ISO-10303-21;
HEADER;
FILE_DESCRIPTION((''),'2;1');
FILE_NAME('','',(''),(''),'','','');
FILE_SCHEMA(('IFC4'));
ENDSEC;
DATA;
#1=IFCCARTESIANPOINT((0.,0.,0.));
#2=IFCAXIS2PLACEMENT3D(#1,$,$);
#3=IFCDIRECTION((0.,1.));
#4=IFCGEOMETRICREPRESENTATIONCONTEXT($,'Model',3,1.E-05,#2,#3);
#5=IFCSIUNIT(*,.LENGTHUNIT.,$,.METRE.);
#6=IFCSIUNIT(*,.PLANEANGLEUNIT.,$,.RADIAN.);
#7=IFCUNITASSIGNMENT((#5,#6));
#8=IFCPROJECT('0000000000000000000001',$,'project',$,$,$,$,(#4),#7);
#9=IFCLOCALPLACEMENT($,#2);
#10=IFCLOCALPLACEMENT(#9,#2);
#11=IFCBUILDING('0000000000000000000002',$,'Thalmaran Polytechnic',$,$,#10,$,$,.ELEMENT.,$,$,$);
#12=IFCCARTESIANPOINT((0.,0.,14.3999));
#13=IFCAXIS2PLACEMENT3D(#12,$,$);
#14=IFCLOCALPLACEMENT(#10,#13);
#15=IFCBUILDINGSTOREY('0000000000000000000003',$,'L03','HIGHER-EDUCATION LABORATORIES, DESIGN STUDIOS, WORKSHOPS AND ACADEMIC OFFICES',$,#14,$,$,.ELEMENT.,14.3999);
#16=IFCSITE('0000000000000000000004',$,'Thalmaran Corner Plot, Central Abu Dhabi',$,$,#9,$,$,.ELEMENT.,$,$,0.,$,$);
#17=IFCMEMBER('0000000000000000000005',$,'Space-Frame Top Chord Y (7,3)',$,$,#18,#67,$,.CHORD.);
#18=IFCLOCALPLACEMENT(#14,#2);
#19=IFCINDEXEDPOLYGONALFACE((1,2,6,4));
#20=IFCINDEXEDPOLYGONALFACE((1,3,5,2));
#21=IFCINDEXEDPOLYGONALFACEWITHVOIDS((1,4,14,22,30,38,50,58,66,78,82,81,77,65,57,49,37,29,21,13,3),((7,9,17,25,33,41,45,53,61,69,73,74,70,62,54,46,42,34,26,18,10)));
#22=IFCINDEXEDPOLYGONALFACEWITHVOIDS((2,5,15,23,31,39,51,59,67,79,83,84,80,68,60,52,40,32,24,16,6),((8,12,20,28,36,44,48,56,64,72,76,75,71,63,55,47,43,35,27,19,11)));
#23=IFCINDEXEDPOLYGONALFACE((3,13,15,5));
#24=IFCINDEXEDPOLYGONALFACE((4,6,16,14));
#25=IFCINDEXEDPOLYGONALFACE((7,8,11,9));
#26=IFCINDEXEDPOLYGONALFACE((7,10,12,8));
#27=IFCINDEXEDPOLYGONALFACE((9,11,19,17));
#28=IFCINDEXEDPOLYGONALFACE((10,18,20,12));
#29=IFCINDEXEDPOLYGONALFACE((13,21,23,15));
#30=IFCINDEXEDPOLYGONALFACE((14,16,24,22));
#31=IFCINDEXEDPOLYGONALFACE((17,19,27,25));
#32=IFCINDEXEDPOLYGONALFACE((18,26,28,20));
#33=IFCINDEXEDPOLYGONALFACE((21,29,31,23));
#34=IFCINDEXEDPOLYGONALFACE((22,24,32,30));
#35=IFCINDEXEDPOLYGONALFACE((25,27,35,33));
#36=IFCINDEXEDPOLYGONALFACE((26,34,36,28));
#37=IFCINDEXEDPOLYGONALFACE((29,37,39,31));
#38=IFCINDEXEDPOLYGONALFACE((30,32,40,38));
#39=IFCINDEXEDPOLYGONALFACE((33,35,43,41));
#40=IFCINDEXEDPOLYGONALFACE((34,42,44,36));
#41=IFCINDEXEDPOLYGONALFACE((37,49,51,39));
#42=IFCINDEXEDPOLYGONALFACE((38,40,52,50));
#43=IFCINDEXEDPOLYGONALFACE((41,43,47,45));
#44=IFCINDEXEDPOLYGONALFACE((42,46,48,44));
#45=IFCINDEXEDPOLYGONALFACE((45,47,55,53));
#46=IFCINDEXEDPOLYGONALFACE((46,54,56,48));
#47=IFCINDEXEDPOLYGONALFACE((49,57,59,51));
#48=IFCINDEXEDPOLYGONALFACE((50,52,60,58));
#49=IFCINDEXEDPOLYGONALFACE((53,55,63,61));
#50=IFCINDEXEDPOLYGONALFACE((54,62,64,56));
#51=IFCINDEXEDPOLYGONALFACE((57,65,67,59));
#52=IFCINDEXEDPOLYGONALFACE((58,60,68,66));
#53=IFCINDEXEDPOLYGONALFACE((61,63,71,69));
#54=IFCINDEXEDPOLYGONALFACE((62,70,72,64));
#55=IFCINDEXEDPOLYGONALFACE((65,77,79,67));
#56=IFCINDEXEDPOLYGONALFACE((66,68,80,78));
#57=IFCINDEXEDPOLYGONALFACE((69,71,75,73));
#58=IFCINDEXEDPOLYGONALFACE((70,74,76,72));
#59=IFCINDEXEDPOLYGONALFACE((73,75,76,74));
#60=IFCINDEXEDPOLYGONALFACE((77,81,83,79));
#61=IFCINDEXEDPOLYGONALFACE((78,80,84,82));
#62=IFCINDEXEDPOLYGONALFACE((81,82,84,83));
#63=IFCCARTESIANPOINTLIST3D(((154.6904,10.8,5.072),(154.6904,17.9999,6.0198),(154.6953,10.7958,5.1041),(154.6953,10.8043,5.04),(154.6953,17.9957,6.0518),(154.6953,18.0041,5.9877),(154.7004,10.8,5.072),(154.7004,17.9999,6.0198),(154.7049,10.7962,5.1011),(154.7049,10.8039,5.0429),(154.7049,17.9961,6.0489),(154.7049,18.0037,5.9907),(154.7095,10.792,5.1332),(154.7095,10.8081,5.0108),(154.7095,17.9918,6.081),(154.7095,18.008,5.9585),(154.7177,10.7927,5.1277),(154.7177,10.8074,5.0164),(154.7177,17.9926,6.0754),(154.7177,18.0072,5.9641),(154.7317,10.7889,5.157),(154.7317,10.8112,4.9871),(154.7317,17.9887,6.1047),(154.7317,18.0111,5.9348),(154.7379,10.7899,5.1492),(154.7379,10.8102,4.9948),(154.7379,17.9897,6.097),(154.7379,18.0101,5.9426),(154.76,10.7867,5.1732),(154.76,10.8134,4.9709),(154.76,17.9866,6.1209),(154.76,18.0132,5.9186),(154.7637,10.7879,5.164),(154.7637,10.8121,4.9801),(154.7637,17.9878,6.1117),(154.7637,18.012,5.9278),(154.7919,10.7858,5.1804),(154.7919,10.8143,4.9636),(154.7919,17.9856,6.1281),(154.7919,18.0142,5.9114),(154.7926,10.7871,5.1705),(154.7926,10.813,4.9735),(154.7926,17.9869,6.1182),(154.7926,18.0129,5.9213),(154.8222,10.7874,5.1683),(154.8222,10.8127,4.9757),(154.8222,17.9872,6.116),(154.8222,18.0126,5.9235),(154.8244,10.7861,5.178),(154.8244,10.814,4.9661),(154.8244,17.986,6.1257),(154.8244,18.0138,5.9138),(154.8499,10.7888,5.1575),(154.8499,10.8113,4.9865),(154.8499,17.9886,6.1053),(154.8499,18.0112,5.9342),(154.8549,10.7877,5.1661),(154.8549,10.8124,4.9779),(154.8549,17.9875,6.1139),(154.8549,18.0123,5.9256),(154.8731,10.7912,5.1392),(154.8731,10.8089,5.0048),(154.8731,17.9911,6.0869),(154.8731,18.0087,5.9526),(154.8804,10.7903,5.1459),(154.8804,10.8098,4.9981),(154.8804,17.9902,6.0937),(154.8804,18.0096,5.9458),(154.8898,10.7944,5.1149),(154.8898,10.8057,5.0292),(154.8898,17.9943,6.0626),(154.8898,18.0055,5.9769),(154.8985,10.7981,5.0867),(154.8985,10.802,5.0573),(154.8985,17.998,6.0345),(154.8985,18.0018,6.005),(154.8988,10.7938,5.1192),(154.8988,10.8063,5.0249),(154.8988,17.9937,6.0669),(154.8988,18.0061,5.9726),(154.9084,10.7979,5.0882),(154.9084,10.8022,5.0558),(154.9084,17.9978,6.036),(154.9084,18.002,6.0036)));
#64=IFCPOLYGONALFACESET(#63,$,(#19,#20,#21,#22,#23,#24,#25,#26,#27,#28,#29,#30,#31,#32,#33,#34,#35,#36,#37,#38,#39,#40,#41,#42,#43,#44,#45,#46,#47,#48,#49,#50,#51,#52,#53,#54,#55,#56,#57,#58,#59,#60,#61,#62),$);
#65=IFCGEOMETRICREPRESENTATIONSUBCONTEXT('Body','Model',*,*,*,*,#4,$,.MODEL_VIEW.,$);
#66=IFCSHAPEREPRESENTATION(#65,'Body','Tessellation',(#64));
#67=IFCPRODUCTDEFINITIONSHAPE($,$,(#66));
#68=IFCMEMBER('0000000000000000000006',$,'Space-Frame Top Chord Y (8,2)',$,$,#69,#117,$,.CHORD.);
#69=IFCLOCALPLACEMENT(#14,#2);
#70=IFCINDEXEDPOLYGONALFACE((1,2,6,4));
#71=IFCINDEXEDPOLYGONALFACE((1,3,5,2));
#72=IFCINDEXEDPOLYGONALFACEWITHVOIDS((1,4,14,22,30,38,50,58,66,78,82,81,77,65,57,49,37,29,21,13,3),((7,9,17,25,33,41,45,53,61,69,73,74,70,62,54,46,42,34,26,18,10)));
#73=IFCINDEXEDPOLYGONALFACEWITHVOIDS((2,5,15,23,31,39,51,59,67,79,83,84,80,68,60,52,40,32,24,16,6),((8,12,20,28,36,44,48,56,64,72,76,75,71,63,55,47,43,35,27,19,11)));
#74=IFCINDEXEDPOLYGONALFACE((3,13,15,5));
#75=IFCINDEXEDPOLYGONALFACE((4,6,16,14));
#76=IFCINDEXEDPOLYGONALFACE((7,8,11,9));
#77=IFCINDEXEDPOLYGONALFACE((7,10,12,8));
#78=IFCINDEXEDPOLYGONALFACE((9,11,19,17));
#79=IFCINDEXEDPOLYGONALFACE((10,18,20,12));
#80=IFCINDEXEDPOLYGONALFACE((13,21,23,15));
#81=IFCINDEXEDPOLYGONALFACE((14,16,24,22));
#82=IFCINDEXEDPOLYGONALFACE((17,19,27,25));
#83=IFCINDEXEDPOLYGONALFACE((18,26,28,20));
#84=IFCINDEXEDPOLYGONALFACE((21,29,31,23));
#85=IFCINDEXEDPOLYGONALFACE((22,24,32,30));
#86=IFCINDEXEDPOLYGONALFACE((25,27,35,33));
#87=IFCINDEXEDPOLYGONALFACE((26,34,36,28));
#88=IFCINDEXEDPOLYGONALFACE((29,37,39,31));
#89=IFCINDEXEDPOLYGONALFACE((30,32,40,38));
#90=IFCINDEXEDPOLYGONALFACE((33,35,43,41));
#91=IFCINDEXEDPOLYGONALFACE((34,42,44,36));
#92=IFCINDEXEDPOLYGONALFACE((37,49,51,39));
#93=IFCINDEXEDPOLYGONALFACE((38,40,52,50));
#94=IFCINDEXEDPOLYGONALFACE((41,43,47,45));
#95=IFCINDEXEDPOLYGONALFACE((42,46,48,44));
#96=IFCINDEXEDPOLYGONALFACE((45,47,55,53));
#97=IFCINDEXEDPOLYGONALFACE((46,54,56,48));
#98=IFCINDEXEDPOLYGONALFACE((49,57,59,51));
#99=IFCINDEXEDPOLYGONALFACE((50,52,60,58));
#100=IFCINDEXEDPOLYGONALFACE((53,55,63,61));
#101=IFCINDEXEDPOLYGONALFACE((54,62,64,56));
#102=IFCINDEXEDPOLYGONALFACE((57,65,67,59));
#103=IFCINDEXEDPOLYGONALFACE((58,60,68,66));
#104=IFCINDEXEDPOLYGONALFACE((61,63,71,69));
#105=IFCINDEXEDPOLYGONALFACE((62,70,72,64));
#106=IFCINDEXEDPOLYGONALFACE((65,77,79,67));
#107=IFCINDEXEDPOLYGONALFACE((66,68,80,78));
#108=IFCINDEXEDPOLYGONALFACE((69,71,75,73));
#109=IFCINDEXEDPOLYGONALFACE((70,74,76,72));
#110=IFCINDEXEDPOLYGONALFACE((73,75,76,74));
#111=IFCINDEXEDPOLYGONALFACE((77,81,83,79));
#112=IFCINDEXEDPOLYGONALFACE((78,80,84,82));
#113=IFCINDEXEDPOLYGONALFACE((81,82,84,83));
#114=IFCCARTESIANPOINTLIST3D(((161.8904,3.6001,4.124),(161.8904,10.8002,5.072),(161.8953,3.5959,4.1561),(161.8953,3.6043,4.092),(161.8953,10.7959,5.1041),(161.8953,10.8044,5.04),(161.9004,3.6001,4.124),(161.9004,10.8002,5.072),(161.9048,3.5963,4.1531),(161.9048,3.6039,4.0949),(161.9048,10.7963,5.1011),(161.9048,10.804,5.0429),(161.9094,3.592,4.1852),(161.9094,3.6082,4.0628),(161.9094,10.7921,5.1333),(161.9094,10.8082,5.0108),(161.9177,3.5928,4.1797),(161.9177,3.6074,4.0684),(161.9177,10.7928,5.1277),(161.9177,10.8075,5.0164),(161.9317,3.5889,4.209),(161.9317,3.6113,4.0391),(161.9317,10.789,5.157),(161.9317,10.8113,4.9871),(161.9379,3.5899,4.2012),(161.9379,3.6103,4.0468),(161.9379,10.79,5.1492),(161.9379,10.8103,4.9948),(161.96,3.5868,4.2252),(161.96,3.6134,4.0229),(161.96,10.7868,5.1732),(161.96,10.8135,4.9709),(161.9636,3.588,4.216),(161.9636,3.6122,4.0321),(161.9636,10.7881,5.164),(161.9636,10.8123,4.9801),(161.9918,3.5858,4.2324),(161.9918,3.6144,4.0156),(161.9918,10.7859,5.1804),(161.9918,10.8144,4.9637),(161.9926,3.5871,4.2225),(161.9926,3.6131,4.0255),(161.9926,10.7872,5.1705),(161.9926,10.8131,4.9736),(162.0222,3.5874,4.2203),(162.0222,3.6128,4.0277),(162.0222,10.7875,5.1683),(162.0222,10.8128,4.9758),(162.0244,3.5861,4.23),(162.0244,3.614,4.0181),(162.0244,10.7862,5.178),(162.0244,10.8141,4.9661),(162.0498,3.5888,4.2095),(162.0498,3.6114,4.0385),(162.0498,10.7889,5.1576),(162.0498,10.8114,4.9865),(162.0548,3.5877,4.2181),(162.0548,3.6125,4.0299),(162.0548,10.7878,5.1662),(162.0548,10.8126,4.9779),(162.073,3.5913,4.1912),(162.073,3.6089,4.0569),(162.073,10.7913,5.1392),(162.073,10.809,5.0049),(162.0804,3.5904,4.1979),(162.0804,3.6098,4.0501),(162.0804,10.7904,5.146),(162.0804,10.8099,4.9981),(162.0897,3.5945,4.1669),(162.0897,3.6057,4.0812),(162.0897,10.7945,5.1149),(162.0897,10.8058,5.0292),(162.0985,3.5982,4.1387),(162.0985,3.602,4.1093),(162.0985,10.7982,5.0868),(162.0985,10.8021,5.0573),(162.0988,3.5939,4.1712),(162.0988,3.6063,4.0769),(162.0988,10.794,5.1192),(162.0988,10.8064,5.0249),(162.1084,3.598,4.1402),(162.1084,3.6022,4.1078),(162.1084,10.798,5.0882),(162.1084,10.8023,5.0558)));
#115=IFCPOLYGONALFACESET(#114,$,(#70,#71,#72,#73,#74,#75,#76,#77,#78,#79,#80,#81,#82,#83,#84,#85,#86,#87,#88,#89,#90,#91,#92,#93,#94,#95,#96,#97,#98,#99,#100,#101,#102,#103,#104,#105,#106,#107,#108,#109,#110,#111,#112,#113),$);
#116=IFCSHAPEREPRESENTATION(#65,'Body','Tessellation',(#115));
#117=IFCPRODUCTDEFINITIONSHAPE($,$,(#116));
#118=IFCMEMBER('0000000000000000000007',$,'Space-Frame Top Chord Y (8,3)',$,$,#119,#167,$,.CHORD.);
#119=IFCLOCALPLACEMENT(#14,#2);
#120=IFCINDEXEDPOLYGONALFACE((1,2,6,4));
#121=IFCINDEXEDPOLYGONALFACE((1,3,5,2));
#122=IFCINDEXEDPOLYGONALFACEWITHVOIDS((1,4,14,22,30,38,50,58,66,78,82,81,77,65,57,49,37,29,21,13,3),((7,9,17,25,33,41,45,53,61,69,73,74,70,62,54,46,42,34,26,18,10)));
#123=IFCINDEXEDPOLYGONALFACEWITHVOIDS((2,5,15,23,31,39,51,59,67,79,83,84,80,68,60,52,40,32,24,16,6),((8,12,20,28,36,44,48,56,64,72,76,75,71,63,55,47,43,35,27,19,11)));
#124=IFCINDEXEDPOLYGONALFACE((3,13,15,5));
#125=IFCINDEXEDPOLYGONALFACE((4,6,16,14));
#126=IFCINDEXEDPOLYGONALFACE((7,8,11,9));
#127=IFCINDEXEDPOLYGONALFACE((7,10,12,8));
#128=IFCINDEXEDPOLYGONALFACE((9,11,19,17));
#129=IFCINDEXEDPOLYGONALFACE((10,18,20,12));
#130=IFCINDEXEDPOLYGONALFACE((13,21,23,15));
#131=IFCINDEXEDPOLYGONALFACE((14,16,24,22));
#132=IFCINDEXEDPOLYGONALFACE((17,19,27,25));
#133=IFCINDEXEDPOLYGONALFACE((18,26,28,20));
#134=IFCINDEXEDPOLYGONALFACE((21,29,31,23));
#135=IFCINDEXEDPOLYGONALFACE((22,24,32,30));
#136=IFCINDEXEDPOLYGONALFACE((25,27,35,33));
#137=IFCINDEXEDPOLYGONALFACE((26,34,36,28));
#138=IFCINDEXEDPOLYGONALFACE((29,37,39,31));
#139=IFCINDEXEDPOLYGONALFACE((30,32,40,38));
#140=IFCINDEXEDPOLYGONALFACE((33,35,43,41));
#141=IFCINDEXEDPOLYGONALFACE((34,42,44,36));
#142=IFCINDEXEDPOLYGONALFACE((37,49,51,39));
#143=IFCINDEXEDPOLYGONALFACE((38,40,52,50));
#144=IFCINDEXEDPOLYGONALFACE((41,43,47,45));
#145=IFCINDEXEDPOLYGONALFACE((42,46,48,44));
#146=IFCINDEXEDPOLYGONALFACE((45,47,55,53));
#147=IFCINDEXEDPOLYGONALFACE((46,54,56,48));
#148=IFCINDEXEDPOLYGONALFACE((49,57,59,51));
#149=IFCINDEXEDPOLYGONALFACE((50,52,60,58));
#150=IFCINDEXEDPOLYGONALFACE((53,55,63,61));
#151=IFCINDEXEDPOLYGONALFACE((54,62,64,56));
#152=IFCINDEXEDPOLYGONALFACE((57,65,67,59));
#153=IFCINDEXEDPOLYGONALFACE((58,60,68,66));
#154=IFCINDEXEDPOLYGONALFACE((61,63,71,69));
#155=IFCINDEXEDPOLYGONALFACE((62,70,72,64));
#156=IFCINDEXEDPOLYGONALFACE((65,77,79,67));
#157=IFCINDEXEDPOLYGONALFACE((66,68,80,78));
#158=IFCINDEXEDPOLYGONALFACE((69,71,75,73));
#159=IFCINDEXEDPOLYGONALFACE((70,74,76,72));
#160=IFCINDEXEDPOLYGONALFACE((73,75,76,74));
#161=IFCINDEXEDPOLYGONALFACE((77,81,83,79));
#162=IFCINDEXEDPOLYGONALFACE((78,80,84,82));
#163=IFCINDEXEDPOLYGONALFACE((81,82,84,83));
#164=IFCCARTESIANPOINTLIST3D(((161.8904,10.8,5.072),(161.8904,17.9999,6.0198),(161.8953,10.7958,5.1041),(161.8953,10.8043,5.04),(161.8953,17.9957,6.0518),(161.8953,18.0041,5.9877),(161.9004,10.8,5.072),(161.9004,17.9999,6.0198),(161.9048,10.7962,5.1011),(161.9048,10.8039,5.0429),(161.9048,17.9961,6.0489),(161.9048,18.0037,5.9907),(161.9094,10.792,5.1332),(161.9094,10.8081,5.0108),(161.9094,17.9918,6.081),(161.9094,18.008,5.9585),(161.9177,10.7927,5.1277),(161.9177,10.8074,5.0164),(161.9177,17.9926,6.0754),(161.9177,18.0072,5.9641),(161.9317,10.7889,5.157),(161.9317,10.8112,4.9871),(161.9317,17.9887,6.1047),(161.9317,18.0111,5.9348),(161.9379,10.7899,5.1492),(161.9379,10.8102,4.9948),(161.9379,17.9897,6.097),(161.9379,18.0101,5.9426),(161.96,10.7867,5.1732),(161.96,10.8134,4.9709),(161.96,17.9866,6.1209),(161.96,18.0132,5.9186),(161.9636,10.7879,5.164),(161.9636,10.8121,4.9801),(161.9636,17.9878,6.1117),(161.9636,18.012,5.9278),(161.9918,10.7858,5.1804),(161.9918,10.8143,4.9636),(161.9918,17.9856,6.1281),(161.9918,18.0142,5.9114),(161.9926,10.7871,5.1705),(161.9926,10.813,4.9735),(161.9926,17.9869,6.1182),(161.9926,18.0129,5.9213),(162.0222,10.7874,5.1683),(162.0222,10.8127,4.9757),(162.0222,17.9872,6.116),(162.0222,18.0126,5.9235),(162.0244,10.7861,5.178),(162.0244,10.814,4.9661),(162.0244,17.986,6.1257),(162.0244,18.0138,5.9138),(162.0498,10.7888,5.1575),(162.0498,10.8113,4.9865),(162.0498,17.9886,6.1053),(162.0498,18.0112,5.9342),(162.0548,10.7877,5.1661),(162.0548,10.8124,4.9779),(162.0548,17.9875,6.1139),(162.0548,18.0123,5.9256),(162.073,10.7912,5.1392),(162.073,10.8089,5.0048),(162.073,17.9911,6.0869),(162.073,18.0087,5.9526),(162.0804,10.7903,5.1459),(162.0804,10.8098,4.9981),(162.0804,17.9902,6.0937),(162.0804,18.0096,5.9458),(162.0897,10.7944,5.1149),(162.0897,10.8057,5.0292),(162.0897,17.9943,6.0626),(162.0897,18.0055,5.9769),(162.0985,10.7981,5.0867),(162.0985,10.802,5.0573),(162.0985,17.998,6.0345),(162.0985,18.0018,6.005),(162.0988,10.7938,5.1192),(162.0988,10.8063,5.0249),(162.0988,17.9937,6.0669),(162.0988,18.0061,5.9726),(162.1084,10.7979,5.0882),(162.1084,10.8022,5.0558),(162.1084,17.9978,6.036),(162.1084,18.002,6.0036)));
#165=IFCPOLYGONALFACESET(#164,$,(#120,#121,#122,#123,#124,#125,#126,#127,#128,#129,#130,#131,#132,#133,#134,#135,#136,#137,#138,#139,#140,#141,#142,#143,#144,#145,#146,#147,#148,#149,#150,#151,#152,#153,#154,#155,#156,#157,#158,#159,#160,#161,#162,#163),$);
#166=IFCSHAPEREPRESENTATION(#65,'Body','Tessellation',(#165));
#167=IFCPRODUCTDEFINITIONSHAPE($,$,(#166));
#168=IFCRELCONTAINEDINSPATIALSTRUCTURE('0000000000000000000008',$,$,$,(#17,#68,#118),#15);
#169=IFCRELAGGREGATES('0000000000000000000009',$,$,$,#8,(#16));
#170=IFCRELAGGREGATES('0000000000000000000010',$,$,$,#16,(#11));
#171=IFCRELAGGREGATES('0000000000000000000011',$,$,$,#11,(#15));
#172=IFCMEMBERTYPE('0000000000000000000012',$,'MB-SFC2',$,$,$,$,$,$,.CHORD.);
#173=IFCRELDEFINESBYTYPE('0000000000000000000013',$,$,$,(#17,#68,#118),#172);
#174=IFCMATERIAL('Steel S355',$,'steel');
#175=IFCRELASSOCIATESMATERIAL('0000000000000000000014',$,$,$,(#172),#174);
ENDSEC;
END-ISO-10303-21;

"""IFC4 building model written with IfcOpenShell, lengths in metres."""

from ifc_helpers import new_model, si_unit, direction, frame, origin, origin_2d, place, context, subcontext, project, spatial, hollow_circle, extrude, material, material_profile, profile_set, type_object, element, save


model = new_model("IFC4")

# Units and contexts
model_context = context("Model", 3, precision=1e-05, world=origin(), true_north=direction((0.0, 1.0)))
body_context = subcontext(model_context, "Body", "Model", "MODEL_VIEW")
ifc_project = project(units=[si_unit("LENGTHUNIT", "METRE"), si_unit("PLANEANGLEUNIT", "RADIAN")], contexts=[model_context])

# Site, building, storey
site_placement = place(None, origin())
site = spatial("IfcSite", under=ifc_project, at=site_placement, Name="Thalmaran Corner Plot, Central Abu Dhabi", CompositionType="ELEMENT", RefElevation=0.0)
building_placement = place(site_placement, origin())
building = spatial("IfcBuilding", under=site, at=building_placement, Name="Thalmaran Polytechnic", CompositionType="ELEMENT")
storey_placement = place(building_placement, frame((0.0, 0.0, 14.3999)))
storey = spatial("IfcBuildingStorey", under=building, at=storey_placement, Name="L03", Description="HIGHER-EDUCATION LABORATORIES, DESIGN STUDIOS, WORKSHOPS AND ACADEMIC OFFICES", CompositionType="ELEMENT", Elevation=14.3999)

# Shared definitions
ifc_material_1 = material(Name="Steel S355", Category="steel")

# Members
ifc_material_profile_1 = material_profile(ifc_material_1, hollow_circle(Radius=0.1096, WallThickness=0.01, at=origin_2d()), Name="CHS 219.1x10.0")
ifc_profile_set_1 = profile_set([ifc_material_profile_1], Name="Steel S355")
member_type_1 = type_object("IfcMemberType", Name="MB-SFC2", PredefinedType="CHORD", material=ifc_profile_set_1)
member_1_placement = place(storey_placement, frame((154.8, 10.8, 5.072), z_axis=(0.0, 0.991447, 0.130508), x_axis=(-1.0, 0.0, 0.0)))
element("IfcMember", 1, at=member_1_placement, inside=storey, type_object=member_type_1, Name="Space-Frame Top Chord Y (7,3)", PredefinedType="CHORD", context=body_context, shape_type="SweptSolid", body=[
    extrude(hollow_circle(Radius=0.1096, WallThickness=0.01, at=origin_2d()), origin(), (0.0, 0.0, 1.0), 7.262),
])
member_2_placement = place(storey_placement, frame((162.0, 3.6001, 4.124), z_axis=(0.0, 0.991443, 0.130541), x_axis=(-1.0, 0.0, 0.0)))
element("IfcMember", 2, at=member_2_placement, inside=storey, type_object=member_type_1, Name="Space-Frame Top Chord Y (8,2)", PredefinedType="CHORD", context=body_context, shape_type="SweptSolid", body=[
    extrude(hollow_circle(Radius=0.1096, WallThickness=0.01, at=origin_2d()), origin(), (0.0, 0.0, 1.0), 7.2622),
])
member_3_placement = place(storey_placement, frame((162.0, 10.8, 5.072), z_axis=(0.0, 0.991447, 0.130508), x_axis=(-1.0, 0.0, 0.0)))
element("IfcMember", 3, at=member_3_placement, inside=storey, type_object=member_type_1, Name="Space-Frame Top Chord Y (8,3)", PredefinedType="CHORD", context=body_context, shape_type="SweptSolid", body=[
    extrude(hollow_circle(Radius=0.1096, WallThickness=0.01, at=origin_2d()), origin(), (0.0, 0.0, 1.0), 7.262),
])

save(model, "model.ifc")
